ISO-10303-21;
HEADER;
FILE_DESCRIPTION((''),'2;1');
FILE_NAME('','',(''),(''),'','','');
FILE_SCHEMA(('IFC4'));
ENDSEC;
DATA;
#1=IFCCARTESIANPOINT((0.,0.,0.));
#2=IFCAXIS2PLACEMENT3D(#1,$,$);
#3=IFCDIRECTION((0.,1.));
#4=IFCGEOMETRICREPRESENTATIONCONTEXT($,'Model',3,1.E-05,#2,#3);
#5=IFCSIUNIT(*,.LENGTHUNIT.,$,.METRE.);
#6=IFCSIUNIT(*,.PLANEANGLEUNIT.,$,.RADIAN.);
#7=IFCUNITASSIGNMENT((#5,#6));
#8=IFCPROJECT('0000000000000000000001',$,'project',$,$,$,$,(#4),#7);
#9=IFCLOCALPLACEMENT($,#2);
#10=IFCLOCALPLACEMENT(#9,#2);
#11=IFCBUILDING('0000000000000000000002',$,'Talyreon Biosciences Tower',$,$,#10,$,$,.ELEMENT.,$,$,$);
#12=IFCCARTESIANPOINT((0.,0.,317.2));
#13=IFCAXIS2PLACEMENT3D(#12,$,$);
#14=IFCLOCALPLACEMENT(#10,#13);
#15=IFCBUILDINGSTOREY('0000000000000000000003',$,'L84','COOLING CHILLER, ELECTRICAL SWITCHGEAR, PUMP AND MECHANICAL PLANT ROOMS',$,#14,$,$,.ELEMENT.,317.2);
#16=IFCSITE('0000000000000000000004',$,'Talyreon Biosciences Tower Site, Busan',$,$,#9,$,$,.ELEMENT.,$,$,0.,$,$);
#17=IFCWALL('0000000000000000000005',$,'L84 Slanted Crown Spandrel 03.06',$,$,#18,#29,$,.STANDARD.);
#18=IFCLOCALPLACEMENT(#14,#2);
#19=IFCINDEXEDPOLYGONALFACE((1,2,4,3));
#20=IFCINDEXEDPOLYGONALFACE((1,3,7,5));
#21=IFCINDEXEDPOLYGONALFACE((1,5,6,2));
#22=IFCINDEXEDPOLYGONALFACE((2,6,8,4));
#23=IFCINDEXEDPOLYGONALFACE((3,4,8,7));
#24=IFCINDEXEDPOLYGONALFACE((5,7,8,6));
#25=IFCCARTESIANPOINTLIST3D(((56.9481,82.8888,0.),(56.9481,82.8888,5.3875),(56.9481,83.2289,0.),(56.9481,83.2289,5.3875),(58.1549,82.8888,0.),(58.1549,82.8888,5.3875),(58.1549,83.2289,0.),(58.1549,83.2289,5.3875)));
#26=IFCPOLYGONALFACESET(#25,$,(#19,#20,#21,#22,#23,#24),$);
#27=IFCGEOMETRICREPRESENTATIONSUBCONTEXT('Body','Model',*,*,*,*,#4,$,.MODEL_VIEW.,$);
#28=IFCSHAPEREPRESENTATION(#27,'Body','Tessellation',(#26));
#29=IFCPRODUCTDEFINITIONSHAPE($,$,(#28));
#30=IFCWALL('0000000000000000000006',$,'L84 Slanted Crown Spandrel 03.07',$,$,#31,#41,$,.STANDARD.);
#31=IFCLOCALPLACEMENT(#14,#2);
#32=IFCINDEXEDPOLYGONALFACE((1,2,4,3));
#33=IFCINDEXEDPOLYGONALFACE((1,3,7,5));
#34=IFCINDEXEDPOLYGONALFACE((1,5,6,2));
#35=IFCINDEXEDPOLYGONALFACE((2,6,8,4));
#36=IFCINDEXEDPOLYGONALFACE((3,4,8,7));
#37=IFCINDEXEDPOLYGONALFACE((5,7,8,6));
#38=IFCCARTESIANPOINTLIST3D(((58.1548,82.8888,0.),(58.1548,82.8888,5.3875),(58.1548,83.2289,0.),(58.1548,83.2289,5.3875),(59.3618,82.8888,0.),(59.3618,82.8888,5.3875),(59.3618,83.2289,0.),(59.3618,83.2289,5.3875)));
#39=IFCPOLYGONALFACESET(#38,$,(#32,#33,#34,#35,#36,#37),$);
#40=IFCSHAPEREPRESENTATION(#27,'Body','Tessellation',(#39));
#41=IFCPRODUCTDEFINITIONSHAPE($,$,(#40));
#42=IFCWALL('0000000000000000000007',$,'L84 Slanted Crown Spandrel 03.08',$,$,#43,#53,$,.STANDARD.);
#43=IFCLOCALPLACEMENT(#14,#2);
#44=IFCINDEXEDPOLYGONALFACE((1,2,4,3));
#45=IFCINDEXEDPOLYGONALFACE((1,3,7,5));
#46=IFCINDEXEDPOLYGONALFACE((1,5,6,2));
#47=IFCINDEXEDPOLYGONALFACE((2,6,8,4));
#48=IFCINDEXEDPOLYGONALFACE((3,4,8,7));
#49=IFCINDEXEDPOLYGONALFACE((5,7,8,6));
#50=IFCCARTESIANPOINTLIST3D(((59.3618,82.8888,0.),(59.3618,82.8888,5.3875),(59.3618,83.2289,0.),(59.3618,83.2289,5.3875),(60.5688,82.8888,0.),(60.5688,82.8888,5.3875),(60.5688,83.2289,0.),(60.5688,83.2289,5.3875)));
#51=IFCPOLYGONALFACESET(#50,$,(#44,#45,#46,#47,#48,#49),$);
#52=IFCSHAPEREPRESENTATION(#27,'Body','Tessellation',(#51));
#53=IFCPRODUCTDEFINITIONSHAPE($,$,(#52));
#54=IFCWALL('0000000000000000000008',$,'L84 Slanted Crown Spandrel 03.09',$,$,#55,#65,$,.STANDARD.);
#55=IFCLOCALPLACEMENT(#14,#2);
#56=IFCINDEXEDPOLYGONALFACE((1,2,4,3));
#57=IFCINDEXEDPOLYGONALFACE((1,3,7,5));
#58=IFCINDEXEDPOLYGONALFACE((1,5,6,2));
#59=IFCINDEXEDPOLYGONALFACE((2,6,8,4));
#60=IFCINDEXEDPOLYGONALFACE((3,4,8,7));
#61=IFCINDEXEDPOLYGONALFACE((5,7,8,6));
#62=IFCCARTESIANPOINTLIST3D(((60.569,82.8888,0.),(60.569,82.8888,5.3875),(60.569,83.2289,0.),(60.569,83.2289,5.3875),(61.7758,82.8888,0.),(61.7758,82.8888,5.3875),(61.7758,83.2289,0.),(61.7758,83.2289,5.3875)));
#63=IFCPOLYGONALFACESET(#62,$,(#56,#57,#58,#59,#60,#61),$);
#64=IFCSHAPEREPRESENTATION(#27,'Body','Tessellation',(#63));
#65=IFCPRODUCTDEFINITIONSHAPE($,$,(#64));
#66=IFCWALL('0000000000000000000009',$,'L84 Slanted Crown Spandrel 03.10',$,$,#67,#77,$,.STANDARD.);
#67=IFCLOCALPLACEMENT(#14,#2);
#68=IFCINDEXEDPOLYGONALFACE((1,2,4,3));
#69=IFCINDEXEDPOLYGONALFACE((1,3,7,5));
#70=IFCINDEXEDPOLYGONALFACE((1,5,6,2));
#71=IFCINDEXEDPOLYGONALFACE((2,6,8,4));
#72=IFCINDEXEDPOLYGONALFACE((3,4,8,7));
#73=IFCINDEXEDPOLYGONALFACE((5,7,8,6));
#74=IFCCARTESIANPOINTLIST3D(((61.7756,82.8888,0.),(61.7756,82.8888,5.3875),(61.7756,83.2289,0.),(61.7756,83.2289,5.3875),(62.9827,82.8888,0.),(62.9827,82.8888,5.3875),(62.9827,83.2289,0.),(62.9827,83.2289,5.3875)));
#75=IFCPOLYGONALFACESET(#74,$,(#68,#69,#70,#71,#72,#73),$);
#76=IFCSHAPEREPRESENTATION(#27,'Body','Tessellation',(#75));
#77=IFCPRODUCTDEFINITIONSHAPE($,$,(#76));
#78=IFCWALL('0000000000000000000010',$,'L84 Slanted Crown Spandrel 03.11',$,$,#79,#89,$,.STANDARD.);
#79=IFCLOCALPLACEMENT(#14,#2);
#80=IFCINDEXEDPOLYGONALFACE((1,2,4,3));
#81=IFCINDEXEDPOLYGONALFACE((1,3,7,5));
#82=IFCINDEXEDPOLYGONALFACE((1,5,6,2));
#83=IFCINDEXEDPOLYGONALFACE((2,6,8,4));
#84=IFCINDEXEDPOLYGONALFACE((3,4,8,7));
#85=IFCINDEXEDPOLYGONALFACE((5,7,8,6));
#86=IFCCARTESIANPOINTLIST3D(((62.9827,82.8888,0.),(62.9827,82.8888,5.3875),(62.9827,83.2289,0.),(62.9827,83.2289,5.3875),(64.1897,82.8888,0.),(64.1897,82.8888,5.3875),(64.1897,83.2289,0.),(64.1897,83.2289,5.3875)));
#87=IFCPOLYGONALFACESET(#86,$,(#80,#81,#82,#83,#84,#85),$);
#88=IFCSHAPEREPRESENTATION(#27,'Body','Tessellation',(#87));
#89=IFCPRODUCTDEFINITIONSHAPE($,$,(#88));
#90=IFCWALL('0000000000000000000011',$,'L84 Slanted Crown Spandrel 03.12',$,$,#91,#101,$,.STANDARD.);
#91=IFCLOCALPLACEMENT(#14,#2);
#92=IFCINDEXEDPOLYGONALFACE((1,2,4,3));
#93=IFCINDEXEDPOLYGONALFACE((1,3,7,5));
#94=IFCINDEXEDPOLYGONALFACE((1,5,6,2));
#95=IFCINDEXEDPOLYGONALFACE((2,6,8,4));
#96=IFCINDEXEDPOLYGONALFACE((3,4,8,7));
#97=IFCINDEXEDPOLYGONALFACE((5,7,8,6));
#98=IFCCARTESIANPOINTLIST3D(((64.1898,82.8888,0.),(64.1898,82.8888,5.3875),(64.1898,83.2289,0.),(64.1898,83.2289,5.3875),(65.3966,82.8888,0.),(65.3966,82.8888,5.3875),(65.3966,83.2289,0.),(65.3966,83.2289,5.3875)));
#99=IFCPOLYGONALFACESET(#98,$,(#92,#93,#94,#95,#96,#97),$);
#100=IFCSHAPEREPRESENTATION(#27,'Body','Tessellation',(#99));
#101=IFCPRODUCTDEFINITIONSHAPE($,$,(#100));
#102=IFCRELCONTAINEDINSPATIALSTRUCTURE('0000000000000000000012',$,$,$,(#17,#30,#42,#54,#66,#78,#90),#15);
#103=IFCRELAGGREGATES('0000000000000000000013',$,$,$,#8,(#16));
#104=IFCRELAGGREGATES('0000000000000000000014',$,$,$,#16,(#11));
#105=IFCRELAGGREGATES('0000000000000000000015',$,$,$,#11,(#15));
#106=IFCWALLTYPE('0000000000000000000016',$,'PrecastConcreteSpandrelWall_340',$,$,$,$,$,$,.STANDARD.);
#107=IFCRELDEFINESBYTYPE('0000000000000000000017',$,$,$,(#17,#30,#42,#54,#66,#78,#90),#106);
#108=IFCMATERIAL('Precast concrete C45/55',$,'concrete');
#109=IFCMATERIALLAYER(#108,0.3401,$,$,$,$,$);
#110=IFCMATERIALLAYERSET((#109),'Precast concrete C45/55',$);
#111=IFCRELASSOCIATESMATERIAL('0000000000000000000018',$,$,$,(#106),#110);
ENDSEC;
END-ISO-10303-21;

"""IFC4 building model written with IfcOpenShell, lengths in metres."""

from ifc_helpers import new_model, si_unit, direction, frame, frame_2d, origin, place, context, subcontext, project, spatial, rectangle, extrude, material, layer, layer_set, type_object, element, save


model = new_model("IFC4")

# Units and contexts
model_context = context("Model", 3, precision=1e-05, world=origin(), true_north=direction((0.0, 1.0)))
body_context = subcontext(model_context, "Body", "Model", "MODEL_VIEW")
ifc_project = project(units=[si_unit("LENGTHUNIT", "METRE"), si_unit("PLANEANGLEUNIT", "RADIAN")], contexts=[model_context])

# Site, building, storey
site_placement = place(None, origin())
site = spatial("IfcSite", under=ifc_project, at=site_placement, Name="Talyreon Biosciences Tower Site, Busan", CompositionType="ELEMENT", RefElevation=0.0)
building_placement = place(site_placement, origin())
building = spatial("IfcBuilding", under=site, at=building_placement, Name="Talyreon Biosciences Tower", CompositionType="ELEMENT")
storey_placement = place(building_placement, frame((0.0, 0.0, 317.2)))
storey = spatial("IfcBuildingStorey", under=building, at=storey_placement, Name="L84", Description="COOLING CHILLER, ELECTRICAL SWITCHGEAR, PUMP AND MECHANICAL PLANT ROOMS", CompositionType="ELEMENT", Elevation=317.2)

# Walls
ifc_material_1 = material(Name="Precast concrete C45/55", Category="concrete")
ifc_layer_1 = layer(ifc_material_1, 0.3401)
ifc_layer_set_1 = layer_set([ifc_layer_1], Name="Precast concrete C45/55")
wall_type_1 = type_object("IfcWallType", Name="PrecastConcreteSpandrelWall_340", PredefinedType="STANDARD", material=ifc_layer_set_1)
wall_1_placement = place(storey_placement, frame((56.948, 83.0588, 0.0), z_axis=(0.0, 0.0, 1.0), x_axis=(1.0, 0.0, 0.0)))
element("IfcWall", 1, at=wall_1_placement, inside=storey, type_object=wall_type_1, Name="L84 Slanted Crown Spandrel 03.06", PredefinedType="STANDARD", context=body_context, shape_type="SweptSolid", body=[
    extrude(rectangle(XDim=1.2068, YDim=0.3401, at=frame_2d((0.6035, 0.0))), origin(), (0.0, 0.0, 1.0), 5.3875),
])
for number, where, z_axis, x_axis, name in (
    (2, (58.1548, 83.0588, 0.0), (0.0, 0.0, 1.0), (1.0, 0.0, 0.0), "L84 Slanted Crown Spandrel 03.07"),
    (3, (59.3618, 83.0588, 0.0), (0.0, 0.0, 1.0), (1.0, 0.0, 0.0), "L84 Slanted Crown Spandrel 03.08"),
):
    element("IfcWall", number, at=place(storey_placement, frame(where, z_axis=z_axis, x_axis=x_axis)), inside=storey, type_object=wall_type_1, Name=name, PredefinedType="STANDARD", context=body_context, shape_type="SweptSolid", body=[
        extrude(rectangle(XDim=1.207, YDim=0.3401, at=frame_2d((0.6035, 0.0))), origin(), (0.0, 0.0, 1.0), 5.3875),
    ])
wall_2_placement = place(storey_placement, frame((60.5688, 83.0588, 0.0), z_axis=(0.0, 0.0, 1.0), x_axis=(1.0, 0.0, 0.0)))
element("IfcWall", 4, at=wall_2_placement, inside=storey, type_object=wall_type_1, Name="L84 Slanted Crown Spandrel 03.09", PredefinedType="STANDARD", context=body_context, shape_type="SweptSolid", body=[
    extrude(rectangle(XDim=1.2068, YDim=0.3401, at=frame_2d((0.6035, 0.0))), origin(), (0.0, 0.0, 1.0), 5.3875),
])
for number, where, z_axis, x_axis, name in (
    (5, (61.7756, 83.0588, 0.0), (0.0, 0.0, 1.0), (1.0, 0.0, 0.0), "L84 Slanted Crown Spandrel 03.10"),
    (6, (62.9827, 83.0588, 0.0), (0.0, 0.0, 1.0), (1.0, 0.0, 0.0), "L84 Slanted Crown Spandrel 03.11"),
):
    element("IfcWall", number, at=place(storey_placement, frame(where, z_axis=z_axis, x_axis=x_axis)), inside=storey, type_object=wall_type_1, Name=name, PredefinedType="STANDARD", context=body_context, shape_type="SweptSolid", body=[
        extrude(rectangle(XDim=1.207, YDim=0.3401, at=frame_2d((0.6035, 0.0))), origin(), (0.0, 0.0, 1.0), 5.3875),
    ])
wall_3_placement = place(storey_placement, frame((64.1897, 83.0588, 0.0), z_axis=(0.0, 0.0, 1.0), x_axis=(1.0, 0.0, 0.0)))
element("IfcWall", 7, at=wall_3_placement, inside=storey, type_object=wall_type_1, Name="L84 Slanted Crown Spandrel 03.12", PredefinedType="STANDARD", context=body_context, shape_type="SweptSolid", body=[
    extrude(rectangle(XDim=1.2068, YDim=0.3401, at=frame_2d((0.6035, 0.0))), origin(), (0.0, 0.0, 1.0), 5.3875),
])

save(model, "model.ifc")
